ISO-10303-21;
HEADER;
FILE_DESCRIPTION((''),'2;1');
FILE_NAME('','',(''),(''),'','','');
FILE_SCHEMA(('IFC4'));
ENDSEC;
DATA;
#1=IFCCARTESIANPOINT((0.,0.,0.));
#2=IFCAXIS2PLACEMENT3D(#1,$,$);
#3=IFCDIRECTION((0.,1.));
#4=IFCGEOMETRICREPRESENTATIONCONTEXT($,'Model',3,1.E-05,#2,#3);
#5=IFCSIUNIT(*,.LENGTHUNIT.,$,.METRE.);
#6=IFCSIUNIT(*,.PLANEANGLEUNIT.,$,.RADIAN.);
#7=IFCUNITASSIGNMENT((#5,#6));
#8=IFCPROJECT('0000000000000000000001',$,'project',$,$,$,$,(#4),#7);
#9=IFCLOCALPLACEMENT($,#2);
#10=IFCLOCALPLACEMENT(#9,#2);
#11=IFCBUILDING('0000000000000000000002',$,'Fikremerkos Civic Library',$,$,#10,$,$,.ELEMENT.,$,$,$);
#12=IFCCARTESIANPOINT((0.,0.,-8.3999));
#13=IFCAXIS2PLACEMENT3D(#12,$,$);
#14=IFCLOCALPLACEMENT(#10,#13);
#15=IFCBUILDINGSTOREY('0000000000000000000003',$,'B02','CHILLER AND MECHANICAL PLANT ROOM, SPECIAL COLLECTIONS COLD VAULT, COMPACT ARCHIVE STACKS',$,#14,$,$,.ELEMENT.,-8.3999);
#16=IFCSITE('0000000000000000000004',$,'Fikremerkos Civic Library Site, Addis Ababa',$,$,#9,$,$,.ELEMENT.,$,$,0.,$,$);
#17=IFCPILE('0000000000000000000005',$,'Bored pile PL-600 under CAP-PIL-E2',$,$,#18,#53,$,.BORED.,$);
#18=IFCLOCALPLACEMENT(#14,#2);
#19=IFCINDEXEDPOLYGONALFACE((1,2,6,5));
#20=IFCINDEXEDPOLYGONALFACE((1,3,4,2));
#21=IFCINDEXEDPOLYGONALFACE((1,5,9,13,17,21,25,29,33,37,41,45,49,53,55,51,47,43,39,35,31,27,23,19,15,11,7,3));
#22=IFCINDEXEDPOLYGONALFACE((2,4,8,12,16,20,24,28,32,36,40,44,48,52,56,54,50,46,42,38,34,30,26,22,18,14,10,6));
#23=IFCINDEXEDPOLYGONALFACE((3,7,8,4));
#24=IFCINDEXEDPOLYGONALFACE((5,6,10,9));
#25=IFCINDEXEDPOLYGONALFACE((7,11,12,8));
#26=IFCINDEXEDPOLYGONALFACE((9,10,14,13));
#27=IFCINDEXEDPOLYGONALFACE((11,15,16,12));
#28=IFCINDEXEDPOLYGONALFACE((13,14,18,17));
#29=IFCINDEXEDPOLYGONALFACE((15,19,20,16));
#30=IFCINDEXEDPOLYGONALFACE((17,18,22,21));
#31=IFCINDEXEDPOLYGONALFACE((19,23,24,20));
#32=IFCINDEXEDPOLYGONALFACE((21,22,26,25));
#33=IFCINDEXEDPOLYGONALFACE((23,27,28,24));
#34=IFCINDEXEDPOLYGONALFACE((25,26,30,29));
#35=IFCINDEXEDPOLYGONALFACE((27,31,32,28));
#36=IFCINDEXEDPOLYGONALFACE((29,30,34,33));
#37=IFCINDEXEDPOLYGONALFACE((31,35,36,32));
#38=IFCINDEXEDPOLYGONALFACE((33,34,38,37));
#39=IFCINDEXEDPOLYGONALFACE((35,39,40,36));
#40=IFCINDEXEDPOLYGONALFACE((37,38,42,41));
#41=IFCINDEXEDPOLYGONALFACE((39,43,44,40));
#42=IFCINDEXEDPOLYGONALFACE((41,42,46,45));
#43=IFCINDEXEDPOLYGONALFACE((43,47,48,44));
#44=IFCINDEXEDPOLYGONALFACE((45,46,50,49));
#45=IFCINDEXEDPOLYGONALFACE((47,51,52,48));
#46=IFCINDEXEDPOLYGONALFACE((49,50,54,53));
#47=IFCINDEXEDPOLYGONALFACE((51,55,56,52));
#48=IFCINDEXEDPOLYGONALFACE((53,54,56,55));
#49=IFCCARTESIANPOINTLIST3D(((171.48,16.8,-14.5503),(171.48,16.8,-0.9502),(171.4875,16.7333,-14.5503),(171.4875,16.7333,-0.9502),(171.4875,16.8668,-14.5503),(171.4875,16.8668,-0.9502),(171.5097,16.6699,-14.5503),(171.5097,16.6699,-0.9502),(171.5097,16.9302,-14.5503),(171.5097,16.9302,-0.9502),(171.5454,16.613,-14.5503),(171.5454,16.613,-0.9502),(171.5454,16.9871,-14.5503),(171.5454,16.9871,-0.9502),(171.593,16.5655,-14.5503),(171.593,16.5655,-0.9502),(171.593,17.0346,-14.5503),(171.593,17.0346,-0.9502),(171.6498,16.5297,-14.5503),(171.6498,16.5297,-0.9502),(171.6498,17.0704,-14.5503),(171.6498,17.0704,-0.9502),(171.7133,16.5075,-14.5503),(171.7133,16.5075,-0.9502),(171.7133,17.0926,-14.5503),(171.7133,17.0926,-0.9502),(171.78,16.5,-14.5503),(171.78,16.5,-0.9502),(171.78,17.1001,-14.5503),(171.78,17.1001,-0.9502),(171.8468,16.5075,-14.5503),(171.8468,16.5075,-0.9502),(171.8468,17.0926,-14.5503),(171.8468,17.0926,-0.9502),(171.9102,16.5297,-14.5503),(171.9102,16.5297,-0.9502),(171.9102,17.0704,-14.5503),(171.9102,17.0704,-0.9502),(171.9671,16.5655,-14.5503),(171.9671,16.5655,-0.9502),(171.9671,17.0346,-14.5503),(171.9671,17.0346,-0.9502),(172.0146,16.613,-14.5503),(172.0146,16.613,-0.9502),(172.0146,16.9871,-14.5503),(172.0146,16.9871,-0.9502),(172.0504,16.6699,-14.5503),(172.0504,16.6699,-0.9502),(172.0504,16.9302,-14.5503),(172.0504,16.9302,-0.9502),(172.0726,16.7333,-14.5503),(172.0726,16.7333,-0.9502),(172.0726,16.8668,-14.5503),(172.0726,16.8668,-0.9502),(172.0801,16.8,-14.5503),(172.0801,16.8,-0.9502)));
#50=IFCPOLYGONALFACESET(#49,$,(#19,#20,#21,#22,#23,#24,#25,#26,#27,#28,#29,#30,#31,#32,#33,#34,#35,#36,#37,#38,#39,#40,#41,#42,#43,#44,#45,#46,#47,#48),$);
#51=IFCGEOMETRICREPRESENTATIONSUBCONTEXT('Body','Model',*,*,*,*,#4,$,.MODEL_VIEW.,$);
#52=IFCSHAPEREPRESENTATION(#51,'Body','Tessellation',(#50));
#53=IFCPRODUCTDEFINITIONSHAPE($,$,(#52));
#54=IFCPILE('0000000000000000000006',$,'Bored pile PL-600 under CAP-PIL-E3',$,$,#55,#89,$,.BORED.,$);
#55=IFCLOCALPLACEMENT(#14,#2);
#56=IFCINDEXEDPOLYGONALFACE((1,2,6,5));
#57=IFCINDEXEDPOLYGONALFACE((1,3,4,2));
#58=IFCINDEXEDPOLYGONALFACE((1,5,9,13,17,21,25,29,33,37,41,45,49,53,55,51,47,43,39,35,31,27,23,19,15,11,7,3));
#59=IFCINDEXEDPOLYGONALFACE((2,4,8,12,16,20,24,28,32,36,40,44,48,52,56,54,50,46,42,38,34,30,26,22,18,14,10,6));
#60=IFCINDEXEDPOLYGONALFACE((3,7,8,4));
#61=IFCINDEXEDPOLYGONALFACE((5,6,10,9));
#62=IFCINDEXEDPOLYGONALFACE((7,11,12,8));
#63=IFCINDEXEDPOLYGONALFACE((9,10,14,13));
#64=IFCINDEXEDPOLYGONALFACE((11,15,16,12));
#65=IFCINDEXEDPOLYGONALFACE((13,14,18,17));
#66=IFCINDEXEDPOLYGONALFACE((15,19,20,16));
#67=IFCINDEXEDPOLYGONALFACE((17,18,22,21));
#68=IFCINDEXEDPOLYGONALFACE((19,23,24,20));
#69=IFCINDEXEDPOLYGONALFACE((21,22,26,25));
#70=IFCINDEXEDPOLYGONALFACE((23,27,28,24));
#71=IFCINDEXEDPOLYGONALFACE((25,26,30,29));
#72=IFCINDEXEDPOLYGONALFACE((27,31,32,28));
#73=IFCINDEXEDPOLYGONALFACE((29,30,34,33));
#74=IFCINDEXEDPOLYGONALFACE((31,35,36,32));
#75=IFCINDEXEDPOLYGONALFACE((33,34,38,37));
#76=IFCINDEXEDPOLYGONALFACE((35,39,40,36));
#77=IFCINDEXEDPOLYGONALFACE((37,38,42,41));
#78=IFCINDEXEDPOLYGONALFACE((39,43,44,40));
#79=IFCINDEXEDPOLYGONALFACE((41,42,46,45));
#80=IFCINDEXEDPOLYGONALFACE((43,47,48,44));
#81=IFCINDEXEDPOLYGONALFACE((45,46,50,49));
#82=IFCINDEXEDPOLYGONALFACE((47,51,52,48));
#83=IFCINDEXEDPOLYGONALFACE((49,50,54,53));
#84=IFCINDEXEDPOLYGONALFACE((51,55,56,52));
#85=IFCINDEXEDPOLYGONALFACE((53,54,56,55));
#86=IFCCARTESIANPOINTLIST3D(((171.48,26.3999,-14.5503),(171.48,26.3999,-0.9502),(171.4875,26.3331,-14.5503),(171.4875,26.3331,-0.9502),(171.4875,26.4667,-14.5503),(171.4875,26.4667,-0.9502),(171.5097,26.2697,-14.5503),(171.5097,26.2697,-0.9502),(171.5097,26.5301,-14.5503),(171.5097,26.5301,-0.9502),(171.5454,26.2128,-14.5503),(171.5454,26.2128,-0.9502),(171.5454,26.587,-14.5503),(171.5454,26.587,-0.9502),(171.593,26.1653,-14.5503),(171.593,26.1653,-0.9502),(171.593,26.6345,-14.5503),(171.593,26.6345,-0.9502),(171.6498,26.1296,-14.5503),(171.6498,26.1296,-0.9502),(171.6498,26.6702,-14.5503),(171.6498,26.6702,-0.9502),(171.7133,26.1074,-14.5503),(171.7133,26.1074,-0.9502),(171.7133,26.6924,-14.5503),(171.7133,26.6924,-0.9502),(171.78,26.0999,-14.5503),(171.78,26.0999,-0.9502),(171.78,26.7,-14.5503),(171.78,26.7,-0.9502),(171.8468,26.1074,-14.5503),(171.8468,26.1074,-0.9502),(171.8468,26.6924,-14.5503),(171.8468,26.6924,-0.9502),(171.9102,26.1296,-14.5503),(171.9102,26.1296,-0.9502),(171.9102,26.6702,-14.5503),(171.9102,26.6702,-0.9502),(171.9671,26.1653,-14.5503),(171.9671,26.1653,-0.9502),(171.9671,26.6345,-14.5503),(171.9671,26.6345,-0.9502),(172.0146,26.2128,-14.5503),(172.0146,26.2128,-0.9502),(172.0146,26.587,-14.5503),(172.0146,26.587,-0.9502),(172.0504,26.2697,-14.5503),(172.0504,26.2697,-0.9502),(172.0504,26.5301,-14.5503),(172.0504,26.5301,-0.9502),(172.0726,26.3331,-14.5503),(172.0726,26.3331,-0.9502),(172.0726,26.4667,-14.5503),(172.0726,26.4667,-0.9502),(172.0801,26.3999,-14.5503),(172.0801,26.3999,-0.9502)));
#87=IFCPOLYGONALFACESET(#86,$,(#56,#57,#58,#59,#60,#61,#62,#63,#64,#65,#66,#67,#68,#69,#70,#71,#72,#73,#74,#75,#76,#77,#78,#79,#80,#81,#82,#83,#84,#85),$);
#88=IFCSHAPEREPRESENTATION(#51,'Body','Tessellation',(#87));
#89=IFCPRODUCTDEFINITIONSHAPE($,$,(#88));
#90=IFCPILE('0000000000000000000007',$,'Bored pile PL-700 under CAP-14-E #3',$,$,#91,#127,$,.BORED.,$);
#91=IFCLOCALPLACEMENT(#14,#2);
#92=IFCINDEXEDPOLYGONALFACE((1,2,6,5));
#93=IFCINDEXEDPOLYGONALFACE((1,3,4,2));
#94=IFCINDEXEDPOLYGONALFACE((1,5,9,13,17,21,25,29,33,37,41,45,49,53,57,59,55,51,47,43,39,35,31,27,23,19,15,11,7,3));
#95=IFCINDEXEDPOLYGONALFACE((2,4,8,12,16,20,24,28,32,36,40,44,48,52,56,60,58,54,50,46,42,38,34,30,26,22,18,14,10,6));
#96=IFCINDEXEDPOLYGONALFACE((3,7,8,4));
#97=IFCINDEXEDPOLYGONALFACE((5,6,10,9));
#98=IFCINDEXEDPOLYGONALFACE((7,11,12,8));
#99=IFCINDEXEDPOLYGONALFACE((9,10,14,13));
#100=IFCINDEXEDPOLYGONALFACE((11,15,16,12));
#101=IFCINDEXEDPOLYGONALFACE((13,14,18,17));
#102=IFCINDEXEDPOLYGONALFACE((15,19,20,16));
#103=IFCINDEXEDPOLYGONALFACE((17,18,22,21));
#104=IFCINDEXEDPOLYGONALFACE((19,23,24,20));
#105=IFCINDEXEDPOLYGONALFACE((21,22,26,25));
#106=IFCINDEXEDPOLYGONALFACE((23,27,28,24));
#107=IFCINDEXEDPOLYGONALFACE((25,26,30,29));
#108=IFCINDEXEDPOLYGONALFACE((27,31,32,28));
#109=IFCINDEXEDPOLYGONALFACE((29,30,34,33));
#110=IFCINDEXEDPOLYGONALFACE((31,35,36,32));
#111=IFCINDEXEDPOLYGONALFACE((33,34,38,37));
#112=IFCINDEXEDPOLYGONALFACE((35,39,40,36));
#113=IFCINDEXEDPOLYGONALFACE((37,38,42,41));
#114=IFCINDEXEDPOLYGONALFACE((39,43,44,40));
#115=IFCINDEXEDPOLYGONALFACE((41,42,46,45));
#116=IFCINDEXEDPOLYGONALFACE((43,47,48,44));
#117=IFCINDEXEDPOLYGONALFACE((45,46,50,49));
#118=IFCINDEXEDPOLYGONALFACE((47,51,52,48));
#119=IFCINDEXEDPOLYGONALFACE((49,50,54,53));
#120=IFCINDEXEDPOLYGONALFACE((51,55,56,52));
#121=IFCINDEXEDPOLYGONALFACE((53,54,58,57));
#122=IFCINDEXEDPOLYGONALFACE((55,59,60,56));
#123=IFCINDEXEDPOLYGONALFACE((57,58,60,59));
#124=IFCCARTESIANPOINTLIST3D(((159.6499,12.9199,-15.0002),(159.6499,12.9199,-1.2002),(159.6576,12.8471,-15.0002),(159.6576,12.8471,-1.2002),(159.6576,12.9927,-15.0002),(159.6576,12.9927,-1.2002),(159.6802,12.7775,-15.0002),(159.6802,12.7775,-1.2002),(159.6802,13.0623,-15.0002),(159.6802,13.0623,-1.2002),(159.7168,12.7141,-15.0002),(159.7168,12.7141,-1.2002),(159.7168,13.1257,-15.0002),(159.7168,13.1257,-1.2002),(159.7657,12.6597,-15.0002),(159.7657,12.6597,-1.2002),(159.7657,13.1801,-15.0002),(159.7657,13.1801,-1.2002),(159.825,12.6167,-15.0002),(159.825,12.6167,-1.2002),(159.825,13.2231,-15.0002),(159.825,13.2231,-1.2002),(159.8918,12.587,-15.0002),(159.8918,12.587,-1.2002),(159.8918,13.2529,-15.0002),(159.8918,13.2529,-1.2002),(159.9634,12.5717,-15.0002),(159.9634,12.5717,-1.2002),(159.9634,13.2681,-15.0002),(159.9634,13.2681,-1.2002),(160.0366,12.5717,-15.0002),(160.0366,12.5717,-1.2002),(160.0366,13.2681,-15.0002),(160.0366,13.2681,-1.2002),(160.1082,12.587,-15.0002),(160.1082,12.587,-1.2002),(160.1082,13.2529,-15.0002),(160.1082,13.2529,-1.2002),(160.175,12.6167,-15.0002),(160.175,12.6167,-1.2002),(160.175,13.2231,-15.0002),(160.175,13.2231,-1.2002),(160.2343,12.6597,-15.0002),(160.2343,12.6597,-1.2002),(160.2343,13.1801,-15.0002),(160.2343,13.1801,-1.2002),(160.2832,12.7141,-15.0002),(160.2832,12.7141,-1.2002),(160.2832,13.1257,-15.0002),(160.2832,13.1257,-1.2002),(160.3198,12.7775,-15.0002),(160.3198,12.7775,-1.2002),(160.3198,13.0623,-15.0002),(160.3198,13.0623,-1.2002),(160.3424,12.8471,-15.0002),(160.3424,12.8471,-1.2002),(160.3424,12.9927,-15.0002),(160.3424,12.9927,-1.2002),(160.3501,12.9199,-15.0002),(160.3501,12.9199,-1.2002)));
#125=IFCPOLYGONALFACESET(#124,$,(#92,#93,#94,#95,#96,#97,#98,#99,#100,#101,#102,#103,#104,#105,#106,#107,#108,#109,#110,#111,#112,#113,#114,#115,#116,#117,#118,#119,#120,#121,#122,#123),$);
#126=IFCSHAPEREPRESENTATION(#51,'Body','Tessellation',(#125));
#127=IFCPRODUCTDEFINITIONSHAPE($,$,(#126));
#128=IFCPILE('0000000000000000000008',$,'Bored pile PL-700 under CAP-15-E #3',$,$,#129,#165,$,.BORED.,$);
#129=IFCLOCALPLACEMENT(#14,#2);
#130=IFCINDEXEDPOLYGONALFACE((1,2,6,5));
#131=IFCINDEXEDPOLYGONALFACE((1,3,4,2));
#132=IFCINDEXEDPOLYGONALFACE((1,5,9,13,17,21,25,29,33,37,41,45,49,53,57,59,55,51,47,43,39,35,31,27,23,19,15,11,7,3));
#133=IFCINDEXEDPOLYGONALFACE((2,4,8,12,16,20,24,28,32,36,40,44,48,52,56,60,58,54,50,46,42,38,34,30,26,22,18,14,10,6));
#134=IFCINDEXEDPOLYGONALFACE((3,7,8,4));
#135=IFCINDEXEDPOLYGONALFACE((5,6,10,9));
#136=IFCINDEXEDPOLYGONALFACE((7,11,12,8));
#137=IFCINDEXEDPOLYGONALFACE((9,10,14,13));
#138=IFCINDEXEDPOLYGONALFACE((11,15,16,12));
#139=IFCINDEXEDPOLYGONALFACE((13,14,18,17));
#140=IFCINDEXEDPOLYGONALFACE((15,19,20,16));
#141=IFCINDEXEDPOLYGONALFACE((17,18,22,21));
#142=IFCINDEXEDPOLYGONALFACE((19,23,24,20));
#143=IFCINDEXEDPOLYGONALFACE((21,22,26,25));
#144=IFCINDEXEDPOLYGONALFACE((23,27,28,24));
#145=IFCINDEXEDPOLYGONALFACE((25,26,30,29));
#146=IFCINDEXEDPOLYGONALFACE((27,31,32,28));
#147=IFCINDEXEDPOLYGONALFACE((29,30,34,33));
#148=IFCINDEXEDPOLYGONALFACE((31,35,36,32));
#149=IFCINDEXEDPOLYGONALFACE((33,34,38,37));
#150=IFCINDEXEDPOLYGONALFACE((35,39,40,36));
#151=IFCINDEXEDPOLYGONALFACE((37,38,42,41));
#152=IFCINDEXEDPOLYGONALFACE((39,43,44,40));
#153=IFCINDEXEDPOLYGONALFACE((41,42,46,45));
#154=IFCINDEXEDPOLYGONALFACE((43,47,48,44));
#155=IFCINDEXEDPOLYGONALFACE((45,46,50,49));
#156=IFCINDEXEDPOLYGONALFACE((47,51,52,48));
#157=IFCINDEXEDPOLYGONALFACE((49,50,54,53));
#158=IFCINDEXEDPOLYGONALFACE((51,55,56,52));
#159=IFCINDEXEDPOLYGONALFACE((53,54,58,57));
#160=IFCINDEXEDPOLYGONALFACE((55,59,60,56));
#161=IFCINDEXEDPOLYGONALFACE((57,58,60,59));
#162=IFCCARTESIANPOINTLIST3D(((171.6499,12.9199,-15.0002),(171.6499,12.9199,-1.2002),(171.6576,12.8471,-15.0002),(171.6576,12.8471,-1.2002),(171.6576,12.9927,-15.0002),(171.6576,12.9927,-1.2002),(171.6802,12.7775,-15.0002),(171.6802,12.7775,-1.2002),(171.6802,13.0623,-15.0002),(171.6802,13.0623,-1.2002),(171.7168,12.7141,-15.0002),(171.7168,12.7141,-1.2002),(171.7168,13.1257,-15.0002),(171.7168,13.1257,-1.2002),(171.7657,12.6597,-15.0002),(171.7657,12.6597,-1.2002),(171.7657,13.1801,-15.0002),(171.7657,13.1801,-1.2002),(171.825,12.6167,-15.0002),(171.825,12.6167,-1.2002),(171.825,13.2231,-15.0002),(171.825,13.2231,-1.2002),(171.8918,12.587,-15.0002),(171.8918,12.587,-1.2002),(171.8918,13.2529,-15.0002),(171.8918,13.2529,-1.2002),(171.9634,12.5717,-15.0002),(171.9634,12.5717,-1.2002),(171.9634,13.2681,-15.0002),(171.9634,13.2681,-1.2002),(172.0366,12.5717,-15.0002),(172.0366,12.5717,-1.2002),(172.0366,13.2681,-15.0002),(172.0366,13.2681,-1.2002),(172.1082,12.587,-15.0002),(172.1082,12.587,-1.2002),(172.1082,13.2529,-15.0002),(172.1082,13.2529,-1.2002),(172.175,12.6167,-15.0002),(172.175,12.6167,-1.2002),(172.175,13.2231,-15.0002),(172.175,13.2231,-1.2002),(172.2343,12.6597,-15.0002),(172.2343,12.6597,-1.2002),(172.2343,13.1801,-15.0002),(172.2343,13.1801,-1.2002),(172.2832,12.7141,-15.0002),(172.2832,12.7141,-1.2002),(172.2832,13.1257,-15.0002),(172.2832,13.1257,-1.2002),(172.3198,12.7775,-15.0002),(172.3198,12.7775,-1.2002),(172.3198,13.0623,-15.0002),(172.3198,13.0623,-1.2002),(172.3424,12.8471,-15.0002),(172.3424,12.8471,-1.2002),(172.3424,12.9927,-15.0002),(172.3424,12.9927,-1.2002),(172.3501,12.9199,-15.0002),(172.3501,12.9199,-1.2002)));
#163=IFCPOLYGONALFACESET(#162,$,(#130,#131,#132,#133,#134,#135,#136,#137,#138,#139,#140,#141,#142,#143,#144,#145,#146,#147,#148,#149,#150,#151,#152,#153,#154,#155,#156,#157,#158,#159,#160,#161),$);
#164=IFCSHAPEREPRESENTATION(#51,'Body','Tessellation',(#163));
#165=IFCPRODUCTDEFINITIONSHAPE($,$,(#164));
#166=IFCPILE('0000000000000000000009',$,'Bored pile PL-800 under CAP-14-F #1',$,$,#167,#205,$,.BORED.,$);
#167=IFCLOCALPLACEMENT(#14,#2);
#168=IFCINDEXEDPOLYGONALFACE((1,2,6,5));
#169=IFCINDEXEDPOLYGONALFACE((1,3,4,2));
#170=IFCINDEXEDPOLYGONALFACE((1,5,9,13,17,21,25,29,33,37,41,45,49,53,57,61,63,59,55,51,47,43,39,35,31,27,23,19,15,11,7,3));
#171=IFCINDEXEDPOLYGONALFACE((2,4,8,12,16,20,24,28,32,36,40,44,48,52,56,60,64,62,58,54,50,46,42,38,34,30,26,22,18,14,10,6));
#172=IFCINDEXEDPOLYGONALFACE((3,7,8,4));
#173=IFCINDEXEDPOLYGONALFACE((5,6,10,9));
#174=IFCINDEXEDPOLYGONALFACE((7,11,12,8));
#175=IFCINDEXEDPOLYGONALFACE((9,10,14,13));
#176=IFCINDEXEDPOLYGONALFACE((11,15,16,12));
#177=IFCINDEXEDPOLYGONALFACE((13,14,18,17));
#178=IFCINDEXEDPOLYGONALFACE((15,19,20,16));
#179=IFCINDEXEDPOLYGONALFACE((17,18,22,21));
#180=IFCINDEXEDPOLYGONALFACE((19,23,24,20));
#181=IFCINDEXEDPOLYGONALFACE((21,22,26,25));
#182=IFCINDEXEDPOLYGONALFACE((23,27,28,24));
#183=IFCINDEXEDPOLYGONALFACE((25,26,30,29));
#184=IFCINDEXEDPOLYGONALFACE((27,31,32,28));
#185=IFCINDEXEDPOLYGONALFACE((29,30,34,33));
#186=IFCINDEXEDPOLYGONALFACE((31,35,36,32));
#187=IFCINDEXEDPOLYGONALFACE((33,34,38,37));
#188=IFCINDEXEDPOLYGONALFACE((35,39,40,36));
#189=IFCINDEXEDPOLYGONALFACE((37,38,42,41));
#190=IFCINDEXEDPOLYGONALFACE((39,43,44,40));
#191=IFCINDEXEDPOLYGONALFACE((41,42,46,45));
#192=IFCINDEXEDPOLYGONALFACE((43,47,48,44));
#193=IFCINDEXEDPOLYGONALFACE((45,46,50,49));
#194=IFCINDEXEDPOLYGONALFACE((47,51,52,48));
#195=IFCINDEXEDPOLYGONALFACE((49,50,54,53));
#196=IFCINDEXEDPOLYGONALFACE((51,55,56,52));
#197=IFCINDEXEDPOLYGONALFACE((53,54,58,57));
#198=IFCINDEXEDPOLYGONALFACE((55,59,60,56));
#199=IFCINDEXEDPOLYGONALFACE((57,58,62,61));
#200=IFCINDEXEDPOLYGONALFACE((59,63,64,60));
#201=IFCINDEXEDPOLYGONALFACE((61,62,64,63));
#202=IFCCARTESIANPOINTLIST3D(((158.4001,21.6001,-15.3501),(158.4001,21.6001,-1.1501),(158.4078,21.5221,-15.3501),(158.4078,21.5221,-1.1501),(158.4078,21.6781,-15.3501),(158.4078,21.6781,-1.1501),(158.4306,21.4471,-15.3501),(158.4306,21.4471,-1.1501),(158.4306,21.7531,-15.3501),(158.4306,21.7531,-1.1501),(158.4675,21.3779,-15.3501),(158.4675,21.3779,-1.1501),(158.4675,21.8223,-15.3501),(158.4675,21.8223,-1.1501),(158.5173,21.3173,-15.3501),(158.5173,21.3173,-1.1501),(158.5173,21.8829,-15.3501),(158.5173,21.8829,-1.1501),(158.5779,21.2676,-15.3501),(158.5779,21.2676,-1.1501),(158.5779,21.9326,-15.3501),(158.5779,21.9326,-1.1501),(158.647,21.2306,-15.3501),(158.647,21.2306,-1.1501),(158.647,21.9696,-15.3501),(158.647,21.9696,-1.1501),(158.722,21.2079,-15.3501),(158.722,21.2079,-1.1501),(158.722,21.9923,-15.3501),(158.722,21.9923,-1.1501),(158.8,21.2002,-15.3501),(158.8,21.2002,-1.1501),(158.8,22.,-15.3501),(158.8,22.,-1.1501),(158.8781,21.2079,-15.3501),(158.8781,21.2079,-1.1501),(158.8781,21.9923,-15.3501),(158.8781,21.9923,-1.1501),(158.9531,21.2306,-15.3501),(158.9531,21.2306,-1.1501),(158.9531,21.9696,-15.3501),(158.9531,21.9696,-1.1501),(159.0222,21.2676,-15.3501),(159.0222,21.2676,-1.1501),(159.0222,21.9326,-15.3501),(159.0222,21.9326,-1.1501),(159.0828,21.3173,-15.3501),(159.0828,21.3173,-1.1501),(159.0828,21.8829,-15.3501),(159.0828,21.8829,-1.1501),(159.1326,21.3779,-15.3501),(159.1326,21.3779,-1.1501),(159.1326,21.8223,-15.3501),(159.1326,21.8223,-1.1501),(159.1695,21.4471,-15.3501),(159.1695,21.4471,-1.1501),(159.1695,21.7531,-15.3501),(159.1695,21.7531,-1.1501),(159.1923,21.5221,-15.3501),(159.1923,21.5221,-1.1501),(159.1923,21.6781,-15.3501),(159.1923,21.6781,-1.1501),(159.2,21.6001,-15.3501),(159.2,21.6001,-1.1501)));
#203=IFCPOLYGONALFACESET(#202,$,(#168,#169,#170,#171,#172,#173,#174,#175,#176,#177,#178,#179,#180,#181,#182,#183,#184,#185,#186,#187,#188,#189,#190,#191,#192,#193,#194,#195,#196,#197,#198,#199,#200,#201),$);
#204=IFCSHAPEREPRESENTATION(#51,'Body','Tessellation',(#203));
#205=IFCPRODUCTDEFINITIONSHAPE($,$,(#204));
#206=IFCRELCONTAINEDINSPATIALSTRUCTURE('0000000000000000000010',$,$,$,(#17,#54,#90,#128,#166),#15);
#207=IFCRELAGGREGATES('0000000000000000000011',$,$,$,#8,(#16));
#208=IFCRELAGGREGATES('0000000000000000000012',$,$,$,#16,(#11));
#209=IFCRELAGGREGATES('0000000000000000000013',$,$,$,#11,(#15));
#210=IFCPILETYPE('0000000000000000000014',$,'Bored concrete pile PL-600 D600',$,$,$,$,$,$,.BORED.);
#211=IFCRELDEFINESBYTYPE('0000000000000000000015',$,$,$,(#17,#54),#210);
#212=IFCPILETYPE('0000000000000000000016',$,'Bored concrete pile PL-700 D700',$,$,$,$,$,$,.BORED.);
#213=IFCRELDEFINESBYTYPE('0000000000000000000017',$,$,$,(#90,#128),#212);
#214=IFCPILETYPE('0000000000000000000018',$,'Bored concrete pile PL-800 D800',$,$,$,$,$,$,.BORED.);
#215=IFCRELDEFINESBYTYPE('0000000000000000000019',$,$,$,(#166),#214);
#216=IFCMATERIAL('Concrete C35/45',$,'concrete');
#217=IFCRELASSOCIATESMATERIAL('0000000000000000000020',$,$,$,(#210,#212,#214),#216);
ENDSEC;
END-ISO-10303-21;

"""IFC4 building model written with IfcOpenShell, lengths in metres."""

from ifc_helpers import new_model, si_unit, direction, frame, origin, origin_2d, place, context, subcontext, project, spatial, circle, extrude, material, material_profile, profile_set, type_object, element, save


model = new_model("IFC4")

# Units and contexts
model_context = context("Model", 3, precision=1e-05, world=origin(), true_north=direction((0.0, 1.0)))
body_context = subcontext(model_context, "Body", "Model", "MODEL_VIEW")
ifc_project = project(units=[si_unit("LENGTHUNIT", "METRE"), si_unit("PLANEANGLEUNIT", "RADIAN")], contexts=[model_context])

# Site, building, storey
site_placement = place(None, origin())
site = spatial("IfcSite", under=ifc_project, at=site_placement, Name="Fikremerkos Civic Library Site, Addis Ababa", CompositionType="ELEMENT", RefElevation=0.0)
building_placement = place(site_placement, origin())
building = spatial("IfcBuilding", under=site, at=building_placement, Name="Fikremerkos Civic Library", CompositionType="ELEMENT")
storey_placement = place(building_placement, frame((0.0, 0.0, -8.3999)))
storey = spatial("IfcBuildingStorey", under=building, at=storey_placement, Name="B02", Description="CHILLER AND MECHANICAL PLANT ROOM, SPECIAL COLLECTIONS COLD VAULT, COMPACT ARCHIVE STACKS", CompositionType="ELEMENT", Elevation=-8.3999)

# Piles
ifc_material_1 = material(Name="Concrete C35/45", Category="concrete")
ifc_material_profile_1 = material_profile(ifc_material_1, circle(Radius=0.3, at=origin_2d()), Name="BORED PILE 600")
ifc_profile_set_1 = profile_set([ifc_material_profile_1], Name="Concrete C35/45")
pile_type_1 = type_object("IfcPileType", Name="Bored concrete pile PL-600 D600", PredefinedType="BORED", material=ifc_profile_set_1)
for number, where, z_axis, x_axis, name in (
    (1, (171.78, 16.8, -0.9502), (0.0, 0.0, -1.0), (1.0, 0.0, 0.0), "Bored pile PL-600 under CAP-PIL-E2"),
    (2, (171.78, 26.3999, -0.9502), (0.0, 0.0, -1.0), (1.0, 0.0, 0.0), "Bored pile PL-600 under CAP-PIL-E3"),
):
    element("IfcPile", number, at=place(storey_placement, frame(where, z_axis=z_axis, x_axis=x_axis)), inside=storey, type_object=pile_type_1, Name=name, PredefinedType="BORED", context=body_context, shape_type="SweptSolid", body=[
        extrude(circle(Radius=0.3, at=origin_2d()), origin(), (0.0, 0.0, 1.0), 13.6001),
    ])
ifc_material_profile_2 = material_profile(ifc_material_1, circle(Radius=0.3501, at=origin_2d()), Name="BORED PILE 700")
ifc_profile_set_2 = profile_set([ifc_material_profile_2], Name="Concrete C35/45")
pile_type_2 = type_object("IfcPileType", Name="Bored concrete pile PL-700 D700", PredefinedType="BORED", material=ifc_profile_set_2)
for number, where, z_axis, x_axis, name in (
    (3, (160.0, 12.9199, -1.2002), (0.0, 0.0, -1.0), (1.0, 0.0, 0.0), "Bored pile PL-700 under CAP-14-E #3"),
    (4, (172.0, 12.9199, -1.2002), (0.0, 0.0, -1.0), (1.0, 0.0, 0.0), "Bored pile PL-700 under CAP-15-E #3"),
):
    element("IfcPile", number, at=place(storey_placement, frame(where, z_axis=z_axis, x_axis=x_axis)), inside=storey, type_object=pile_type_2, Name=name, PredefinedType="BORED", context=body_context, shape_type="SweptSolid", body=[
        extrude(circle(Radius=0.3501, at=origin_2d()), origin(), (0.0, 0.0, 1.0), 13.8),
    ])
ifc_material_profile_3 = material_profile(ifc_material_1, circle(Radius=0.3999, at=origin_2d()), Name="BORED PILE 800")
ifc_profile_set_3 = profile_set([ifc_material_profile_3], Name="Concrete C35/45")
pile_type_3 = type_object("IfcPileType", Name="Bored concrete pile PL-800 D800", PredefinedType="BORED", material=ifc_profile_set_3)
for number, where, z_axis, x_axis, name in (
    (5, (158.8, 21.6001, -1.1501), (0.0, 0.0, -1.0), (1.0, 0.0, 0.0), "Bored pile PL-800 under CAP-14-F #1"),
):
    element("IfcPile", number, at=place(storey_placement, frame(where, z_axis=z_axis, x_axis=x_axis)), inside=storey, type_object=pile_type_3, Name=name, PredefinedType="BORED", context=body_context, shape_type="SweptSolid", body=[
        extrude(circle(Radius=0.3999, at=origin_2d()), origin(), (0.0, 0.0, 1.0), 14.2),
    ])

save(model, "model.ifc")
